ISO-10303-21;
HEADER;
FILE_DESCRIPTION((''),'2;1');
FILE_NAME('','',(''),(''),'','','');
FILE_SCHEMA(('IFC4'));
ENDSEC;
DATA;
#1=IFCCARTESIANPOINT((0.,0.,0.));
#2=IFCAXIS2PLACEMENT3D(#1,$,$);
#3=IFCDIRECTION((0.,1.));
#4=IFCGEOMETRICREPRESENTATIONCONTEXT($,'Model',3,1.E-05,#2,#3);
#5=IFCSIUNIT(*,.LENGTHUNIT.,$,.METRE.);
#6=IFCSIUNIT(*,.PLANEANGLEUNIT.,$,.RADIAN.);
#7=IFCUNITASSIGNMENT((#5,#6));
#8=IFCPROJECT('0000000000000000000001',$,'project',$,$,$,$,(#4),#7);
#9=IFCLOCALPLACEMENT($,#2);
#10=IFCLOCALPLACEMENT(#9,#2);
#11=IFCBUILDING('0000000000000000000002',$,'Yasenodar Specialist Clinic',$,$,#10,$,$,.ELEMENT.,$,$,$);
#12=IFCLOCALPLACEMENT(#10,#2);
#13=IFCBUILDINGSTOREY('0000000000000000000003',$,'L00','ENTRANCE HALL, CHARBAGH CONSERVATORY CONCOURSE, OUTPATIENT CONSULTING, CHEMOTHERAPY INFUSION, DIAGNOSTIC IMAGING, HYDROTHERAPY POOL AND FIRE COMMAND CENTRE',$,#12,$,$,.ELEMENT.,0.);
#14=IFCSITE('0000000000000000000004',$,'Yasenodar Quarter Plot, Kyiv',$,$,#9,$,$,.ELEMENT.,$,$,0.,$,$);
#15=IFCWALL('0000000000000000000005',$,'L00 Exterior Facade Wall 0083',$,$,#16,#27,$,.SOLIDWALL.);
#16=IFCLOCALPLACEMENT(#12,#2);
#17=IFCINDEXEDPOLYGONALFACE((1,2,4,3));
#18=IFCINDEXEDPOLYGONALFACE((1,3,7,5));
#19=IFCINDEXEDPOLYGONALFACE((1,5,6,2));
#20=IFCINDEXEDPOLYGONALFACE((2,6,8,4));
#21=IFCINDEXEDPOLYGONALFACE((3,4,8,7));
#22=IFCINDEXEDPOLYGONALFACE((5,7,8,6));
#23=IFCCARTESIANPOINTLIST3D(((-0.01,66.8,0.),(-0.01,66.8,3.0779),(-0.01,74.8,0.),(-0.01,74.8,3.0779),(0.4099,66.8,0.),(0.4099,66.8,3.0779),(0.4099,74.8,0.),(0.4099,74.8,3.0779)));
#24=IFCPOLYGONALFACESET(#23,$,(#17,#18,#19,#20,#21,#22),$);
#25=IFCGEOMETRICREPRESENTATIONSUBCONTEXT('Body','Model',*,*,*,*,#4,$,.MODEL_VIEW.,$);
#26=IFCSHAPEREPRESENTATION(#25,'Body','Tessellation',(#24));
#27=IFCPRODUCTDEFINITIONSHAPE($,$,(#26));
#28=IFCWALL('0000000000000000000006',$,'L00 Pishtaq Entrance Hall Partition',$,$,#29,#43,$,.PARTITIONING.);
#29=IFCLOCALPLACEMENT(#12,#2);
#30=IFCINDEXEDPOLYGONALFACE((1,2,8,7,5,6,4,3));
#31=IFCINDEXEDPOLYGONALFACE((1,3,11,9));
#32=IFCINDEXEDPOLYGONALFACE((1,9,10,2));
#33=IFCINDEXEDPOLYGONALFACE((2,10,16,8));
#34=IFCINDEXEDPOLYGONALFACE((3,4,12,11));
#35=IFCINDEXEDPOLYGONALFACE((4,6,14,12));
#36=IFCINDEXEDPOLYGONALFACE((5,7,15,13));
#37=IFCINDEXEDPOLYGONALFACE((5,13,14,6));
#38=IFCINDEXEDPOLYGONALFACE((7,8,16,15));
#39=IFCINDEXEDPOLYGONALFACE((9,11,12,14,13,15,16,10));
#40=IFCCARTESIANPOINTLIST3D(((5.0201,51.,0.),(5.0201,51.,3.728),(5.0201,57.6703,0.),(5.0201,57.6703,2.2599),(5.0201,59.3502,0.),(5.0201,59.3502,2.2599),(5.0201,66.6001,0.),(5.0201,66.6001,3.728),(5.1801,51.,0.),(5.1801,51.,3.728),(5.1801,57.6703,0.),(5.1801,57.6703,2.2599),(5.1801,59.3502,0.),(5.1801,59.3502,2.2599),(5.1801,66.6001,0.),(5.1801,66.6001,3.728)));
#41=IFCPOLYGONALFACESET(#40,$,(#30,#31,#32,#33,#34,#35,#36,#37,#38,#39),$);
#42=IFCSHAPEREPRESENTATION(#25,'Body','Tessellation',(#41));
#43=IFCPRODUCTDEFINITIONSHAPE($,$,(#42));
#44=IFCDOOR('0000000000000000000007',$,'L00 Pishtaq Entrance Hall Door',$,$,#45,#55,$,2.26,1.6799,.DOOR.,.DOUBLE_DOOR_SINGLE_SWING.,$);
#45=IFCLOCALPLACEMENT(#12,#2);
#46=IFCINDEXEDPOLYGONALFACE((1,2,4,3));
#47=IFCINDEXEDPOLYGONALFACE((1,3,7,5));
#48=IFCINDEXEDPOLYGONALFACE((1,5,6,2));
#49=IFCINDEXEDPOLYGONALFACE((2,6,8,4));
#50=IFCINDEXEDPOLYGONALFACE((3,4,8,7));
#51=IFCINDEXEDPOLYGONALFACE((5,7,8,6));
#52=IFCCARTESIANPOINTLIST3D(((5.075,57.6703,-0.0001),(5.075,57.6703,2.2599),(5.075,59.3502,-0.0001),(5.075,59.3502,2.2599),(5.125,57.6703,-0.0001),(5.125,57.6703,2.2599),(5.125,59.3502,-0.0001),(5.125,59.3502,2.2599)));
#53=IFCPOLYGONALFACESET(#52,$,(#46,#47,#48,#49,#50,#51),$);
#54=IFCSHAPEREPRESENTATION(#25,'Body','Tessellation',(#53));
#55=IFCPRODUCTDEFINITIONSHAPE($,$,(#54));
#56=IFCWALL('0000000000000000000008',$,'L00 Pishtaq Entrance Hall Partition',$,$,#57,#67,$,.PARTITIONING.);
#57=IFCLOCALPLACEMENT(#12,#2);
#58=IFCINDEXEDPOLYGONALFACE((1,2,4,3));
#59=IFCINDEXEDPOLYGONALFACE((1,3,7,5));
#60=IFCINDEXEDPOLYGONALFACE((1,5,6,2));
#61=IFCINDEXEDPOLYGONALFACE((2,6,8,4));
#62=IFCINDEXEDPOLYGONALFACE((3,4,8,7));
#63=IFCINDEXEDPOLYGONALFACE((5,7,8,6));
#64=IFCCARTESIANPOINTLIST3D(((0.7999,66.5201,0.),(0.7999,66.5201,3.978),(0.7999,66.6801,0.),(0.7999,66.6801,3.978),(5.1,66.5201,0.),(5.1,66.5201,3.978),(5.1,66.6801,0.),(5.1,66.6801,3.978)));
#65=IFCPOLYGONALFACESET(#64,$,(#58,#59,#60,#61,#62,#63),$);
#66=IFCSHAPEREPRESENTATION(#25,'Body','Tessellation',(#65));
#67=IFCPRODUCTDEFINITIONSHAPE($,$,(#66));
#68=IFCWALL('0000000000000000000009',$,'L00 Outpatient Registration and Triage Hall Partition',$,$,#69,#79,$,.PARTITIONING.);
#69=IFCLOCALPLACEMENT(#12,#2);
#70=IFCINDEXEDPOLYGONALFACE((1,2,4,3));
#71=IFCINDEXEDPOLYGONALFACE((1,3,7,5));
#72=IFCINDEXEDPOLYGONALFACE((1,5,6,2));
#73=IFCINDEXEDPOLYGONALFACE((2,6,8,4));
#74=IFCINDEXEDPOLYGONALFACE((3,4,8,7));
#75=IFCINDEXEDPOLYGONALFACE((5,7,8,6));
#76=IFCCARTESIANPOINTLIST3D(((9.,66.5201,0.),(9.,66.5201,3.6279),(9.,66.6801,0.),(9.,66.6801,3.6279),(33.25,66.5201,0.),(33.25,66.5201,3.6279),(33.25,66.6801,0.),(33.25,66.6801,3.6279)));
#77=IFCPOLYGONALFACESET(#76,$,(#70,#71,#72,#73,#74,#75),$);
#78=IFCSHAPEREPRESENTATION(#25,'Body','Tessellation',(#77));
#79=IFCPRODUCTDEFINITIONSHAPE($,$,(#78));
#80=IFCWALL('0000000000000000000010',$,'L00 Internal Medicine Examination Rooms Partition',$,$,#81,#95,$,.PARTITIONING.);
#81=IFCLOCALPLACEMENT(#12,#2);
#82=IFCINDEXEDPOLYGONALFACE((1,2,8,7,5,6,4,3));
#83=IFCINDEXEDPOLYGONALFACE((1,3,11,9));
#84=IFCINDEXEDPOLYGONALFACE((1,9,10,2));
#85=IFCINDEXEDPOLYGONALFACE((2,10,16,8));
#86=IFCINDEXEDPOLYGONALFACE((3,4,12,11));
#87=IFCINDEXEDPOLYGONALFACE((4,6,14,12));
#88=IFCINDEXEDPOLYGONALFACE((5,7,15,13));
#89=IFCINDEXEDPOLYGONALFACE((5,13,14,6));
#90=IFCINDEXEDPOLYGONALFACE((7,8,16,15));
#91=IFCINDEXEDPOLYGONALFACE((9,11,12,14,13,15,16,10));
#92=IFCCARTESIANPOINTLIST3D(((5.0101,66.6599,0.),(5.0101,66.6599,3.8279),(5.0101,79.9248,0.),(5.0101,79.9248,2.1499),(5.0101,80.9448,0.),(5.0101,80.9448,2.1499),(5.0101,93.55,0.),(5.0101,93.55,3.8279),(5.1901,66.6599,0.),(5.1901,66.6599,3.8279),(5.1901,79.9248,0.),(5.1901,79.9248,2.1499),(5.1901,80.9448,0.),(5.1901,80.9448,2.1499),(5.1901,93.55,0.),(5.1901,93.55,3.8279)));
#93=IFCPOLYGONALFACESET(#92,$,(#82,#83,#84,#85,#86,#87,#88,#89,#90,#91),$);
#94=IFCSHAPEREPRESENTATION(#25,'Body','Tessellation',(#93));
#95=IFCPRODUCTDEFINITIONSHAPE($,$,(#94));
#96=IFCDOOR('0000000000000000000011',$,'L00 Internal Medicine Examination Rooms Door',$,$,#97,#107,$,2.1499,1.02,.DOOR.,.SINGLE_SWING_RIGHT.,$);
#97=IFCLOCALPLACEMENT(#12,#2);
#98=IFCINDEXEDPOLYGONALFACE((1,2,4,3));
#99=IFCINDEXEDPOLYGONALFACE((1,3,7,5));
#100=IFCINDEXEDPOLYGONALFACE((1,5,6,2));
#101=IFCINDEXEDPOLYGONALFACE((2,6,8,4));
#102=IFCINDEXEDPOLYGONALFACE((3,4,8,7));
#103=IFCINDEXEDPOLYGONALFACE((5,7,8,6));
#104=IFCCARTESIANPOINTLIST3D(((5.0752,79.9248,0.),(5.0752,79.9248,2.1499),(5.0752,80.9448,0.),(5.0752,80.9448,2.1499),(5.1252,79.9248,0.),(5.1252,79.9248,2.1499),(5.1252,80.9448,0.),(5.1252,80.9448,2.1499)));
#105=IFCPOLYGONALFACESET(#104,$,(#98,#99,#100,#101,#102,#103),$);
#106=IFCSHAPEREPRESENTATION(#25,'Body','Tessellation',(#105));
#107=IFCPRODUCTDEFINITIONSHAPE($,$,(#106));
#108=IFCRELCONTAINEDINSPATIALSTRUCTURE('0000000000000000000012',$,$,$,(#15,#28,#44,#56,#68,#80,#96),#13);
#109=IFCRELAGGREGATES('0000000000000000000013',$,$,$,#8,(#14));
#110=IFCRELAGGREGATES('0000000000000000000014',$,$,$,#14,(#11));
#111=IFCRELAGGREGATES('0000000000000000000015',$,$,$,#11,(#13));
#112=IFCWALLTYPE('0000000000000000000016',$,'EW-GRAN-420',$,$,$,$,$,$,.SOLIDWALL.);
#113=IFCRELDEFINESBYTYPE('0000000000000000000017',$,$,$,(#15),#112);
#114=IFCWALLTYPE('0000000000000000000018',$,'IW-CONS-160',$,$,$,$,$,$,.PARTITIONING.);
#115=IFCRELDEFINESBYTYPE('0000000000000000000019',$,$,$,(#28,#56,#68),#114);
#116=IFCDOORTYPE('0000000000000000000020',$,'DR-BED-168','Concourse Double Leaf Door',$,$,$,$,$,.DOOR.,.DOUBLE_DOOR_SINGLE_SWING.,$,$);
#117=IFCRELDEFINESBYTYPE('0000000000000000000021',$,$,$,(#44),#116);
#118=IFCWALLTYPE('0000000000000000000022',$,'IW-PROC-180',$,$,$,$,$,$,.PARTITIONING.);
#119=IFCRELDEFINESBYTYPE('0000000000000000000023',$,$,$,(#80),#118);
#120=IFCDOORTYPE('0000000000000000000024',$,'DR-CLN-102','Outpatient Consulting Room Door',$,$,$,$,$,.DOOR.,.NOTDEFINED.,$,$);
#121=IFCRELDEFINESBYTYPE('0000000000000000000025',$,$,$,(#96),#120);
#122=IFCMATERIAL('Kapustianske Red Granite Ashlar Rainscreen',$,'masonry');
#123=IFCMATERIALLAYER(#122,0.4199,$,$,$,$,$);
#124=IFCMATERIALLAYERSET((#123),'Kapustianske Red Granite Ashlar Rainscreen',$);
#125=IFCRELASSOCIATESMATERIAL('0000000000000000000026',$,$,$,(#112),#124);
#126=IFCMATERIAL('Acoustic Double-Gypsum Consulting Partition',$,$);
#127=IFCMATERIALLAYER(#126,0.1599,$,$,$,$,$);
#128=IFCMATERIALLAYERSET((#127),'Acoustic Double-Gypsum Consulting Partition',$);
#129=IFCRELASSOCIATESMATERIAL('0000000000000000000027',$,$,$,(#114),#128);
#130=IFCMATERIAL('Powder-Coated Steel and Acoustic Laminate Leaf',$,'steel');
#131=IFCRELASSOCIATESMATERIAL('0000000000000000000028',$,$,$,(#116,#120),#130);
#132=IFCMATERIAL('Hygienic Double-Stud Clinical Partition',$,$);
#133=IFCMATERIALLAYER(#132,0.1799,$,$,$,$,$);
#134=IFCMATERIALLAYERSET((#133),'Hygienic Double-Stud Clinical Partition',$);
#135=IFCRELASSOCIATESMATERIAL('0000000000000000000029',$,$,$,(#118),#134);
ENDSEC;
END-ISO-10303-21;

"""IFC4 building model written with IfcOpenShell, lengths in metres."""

from ifc_helpers import new_model, si_unit, direction, frame, frame_2d, origin, place, context, subcontext, project, spatial, rectangle, extrude, material, layer, layer_set, type_object, element, fill, save


model = new_model("IFC4")

# Units and contexts
model_context = context("Model", 3, precision=1e-05, world=origin(), true_north=direction((0.0, 1.0)))
body_context = subcontext(model_context, "Body", "Model", "MODEL_VIEW")
ifc_project = project(units=[si_unit("LENGTHUNIT", "METRE"), si_unit("PLANEANGLEUNIT", "RADIAN")], contexts=[model_context])

# Site, building, storey
site_placement = place(None, origin())
site = spatial("IfcSite", under=ifc_project, at=site_placement, Name="Yasenodar Quarter Plot, Kyiv", CompositionType="ELEMENT", RefElevation=0.0)
building_placement = place(site_placement, origin())
building = spatial("IfcBuilding", under=site, at=building_placement, Name="Yasenodar Specialist Clinic", CompositionType="ELEMENT")
storey_placement = place(building_placement, origin())
storey = spatial("IfcBuildingStorey", under=building, at=storey_placement, Name="L00", Description="ENTRANCE HALL, CHARBAGH CONSERVATORY CONCOURSE, OUTPATIENT CONSULTING, CHEMOTHERAPY INFUSION, DIAGNOSTIC IMAGING, HYDROTHERAPY POOL AND FIRE COMMAND CENTRE", CompositionType="ELEMENT", Elevation=0.0)

# Wall
ifc_material_1 = material(Name="Kapustianske Red Granite Ashlar Rainscreen", Category="masonry")
ifc_layer_1 = layer(ifc_material_1, 0.4199)
ifc_layer_set_1 = layer_set([ifc_layer_1], Name="Kapustianske Red Granite Ashlar Rainscreen")
wall_type_1 = type_object("IfcWallType", Name="EW-GRAN-420", PredefinedType="SOLIDWALL", material=ifc_layer_set_1)
wall_1_placement = place(storey_placement, frame((0.2, 66.8, 0.0), z_axis=(0.0, 0.0, 1.0), x_axis=(0.0, 1.0, 0.0)))
element("IfcWall", 1, at=wall_1_placement, inside=storey, type_object=wall_type_1, Name="L00 Exterior Facade Wall 0083", PredefinedType="SOLIDWALL", context=body_context, shape_type="SweptSolid", body=[
    extrude(rectangle(XDim=8.0, YDim=0.4199, at=frame_2d((4.0, 0.0))), origin(), (0.0, 0.0, 1.0), 3.0779),
])

# Wall, opening, door
ifc_material_2 = material(Name="Acoustic Double-Gypsum Consulting Partition")
ifc_layer_2 = layer(ifc_material_2, 0.1599)
ifc_layer_set_2 = layer_set([ifc_layer_2], Name="Acoustic Double-Gypsum Consulting Partition")
wall_type_2 = type_object("IfcWallType", Name="IW-CONS-160", PredefinedType="PARTITIONING", material=ifc_layer_set_2)
wall_2_placement = place(storey_placement, frame((5.1001, 66.6001, 0.0), z_axis=(0.0, 0.0, 1.0), x_axis=(0.0, -1.0, 0.0)))
wall_2 = element("IfcWall", 2, at=wall_2_placement, inside=storey, type_object=wall_type_2, Name="L00 Pishtaq Entrance Hall Partition", PredefinedType="PARTITIONING", context=body_context, shape_type="SweptSolid", body=[
    extrude(rectangle(XDim=15.6001, YDim=0.1599, at=frame_2d((7.8, 0.0))), origin(), (0.0, 0.0, 1.0), 3.728),
])
opening_1_placement = place(wall_2_placement, frame((7.25, 0.0, 0.0)))
opening_1 = element("IfcOpeningElement", 3, at=opening_1_placement, cuts=wall_2, PredefinedType="OPENING", context=body_context, shape_type="SweptSolid", body=[
    extrude(rectangle(XDim=1.6799, YDim=2.26, at=frame_2d((0.8398, 1.1299))), frame((0.0, 0.0898, 0.0), z_axis=(0.0, -1.0, 0.0), x_axis=(1.0, 0.0, 0.0)), (0.0, 0.0, 1.0), 0.1799),
])
ifc_material_3 = material(Name="Powder-Coated Steel and Acoustic Laminate Leaf", Category="steel")
door_type_1 = type_object("IfcDoorType", Name="DR-BED-168", Description="Concourse Double Leaf Door", OperationType="DOUBLE_DOOR_SINGLE_SWING", PredefinedType="DOOR", material=ifc_material_3)
door_1_placement = place(opening_1_placement, origin())
door_1 = element("IfcDoor", 4, at=door_1_placement, inside=storey, type_object=door_type_1, Name="L00 Pishtaq Entrance Hall Door", OperationType="DOUBLE_DOOR_SINGLE_SWING", OverallHeight=2.26, OverallWidth=1.6799, PredefinedType="DOOR", context=body_context, shape_type="SweptSolid", body=[
    extrude(rectangle(XDim=1.6799, YDim=2.26, at=frame_2d((0.8398, 1.1299))), frame((0.0, 0.0249, 0.0), z_axis=(0.0, -1.0, 0.0), x_axis=(1.0, 0.0, 0.0)), (0.0, 0.0, 1.0), 0.05),
])
fill(opening_1, door_1)

# Walls
wall_3_placement = place(storey_placement, frame((0.8, 66.6001, 0.0), z_axis=(0.0, 0.0, 1.0), x_axis=(1.0, 0.0, 0.0)))
element("IfcWall", 5, at=wall_3_placement, inside=storey, type_object=wall_type_2, Name="L00 Pishtaq Entrance Hall Partition", PredefinedType="PARTITIONING", context=body_context, shape_type="SweptSolid", body=[
    extrude(rectangle(XDim=4.3, YDim=0.1599, at=frame_2d((2.1499, 0.0))), origin(), (0.0, 0.0, 1.0), 3.978),
])
wall_4_placement = place(storey_placement, frame((9.0, 66.6001, 0.0), z_axis=(0.0, 0.0, 1.0), x_axis=(1.0, 0.0, 0.0)))
element("IfcWall", 6, at=wall_4_placement, inside=storey, type_object=wall_type_2, Name="L00 Outpatient Registration and Triage Hall Partition", PredefinedType="PARTITIONING", context=body_context, shape_type="SweptSolid", body=[
    extrude(rectangle(XDim=24.25, YDim=0.1599, at=frame_2d((12.125, 0.0))), origin(), (0.0, 0.0, 1.0), 3.6279),
])

# Wall, opening, door
ifc_material_4 = material(Name="Hygienic Double-Stud Clinical Partition")
ifc_layer_3 = layer(ifc_material_4, 0.1799)
ifc_layer_set_3 = layer_set([ifc_layer_3], Name="Hygienic Double-Stud Clinical Partition")
wall_type_3 = type_object("IfcWallType", Name="IW-PROC-180", PredefinedType="PARTITIONING", material=ifc_layer_set_3)
wall_5_placement = place(storey_placement, frame((5.1001, 66.6599, 0.0), z_axis=(0.0, 0.0, 1.0), x_axis=(0.0, 1.0, 0.0)))
wall_5 = element("IfcWall", 7, at=wall_5_placement, inside=storey, type_object=wall_type_3, Name="L00 Internal Medicine Examination Rooms Partition", PredefinedType="PARTITIONING", context=body_context, shape_type="SweptSolid", body=[
    extrude(rectangle(XDim=26.8901, YDim=0.1799, at=frame_2d((13.4451, 0.0))), origin(), (0.0, 0.0, 1.0), 3.8279),
])
opening_2_placement = place(wall_5_placement, frame((13.2649, 0.0, 0.0)))
opening_2 = element("IfcOpeningElement", 8, at=opening_2_placement, cuts=wall_5, PredefinedType="OPENING", context=body_context, shape_type="SweptSolid", body=[
    extrude(rectangle(XDim=1.02, YDim=2.1499, at=frame_2d((0.51, 1.075))), frame((0.0, 0.1001, 0.0), z_axis=(0.0, -1.0, 0.0), x_axis=(1.0, 0.0, 0.0)), (0.0, 0.0, 1.0), 0.2),
])
door_type_2 = type_object("IfcDoorType", Name="DR-CLN-102", Description="Outpatient Consulting Room Door", OperationType="NOTDEFINED", PredefinedType="DOOR", material=ifc_material_3)
door_2_placement = place(opening_2_placement, origin())
door_2 = element("IfcDoor", 9, at=door_2_placement, inside=storey, type_object=door_type_2, Name="L00 Internal Medicine Examination Rooms Door", OperationType="SINGLE_SWING_RIGHT", OverallHeight=2.1499, OverallWidth=1.02, PredefinedType="DOOR", context=body_context, shape_type="SweptSolid", body=[
    extrude(rectangle(XDim=1.02, YDim=2.1499, at=frame_2d((0.51, 1.075))), frame((0.0, 0.0249, 0.0), z_axis=(0.0, -1.0, 0.0), x_axis=(1.0, 0.0, 0.0)), (0.0, 0.0, 1.0), 0.05),
])
fill(opening_2, door_2)

save(model, "model.ifc")
